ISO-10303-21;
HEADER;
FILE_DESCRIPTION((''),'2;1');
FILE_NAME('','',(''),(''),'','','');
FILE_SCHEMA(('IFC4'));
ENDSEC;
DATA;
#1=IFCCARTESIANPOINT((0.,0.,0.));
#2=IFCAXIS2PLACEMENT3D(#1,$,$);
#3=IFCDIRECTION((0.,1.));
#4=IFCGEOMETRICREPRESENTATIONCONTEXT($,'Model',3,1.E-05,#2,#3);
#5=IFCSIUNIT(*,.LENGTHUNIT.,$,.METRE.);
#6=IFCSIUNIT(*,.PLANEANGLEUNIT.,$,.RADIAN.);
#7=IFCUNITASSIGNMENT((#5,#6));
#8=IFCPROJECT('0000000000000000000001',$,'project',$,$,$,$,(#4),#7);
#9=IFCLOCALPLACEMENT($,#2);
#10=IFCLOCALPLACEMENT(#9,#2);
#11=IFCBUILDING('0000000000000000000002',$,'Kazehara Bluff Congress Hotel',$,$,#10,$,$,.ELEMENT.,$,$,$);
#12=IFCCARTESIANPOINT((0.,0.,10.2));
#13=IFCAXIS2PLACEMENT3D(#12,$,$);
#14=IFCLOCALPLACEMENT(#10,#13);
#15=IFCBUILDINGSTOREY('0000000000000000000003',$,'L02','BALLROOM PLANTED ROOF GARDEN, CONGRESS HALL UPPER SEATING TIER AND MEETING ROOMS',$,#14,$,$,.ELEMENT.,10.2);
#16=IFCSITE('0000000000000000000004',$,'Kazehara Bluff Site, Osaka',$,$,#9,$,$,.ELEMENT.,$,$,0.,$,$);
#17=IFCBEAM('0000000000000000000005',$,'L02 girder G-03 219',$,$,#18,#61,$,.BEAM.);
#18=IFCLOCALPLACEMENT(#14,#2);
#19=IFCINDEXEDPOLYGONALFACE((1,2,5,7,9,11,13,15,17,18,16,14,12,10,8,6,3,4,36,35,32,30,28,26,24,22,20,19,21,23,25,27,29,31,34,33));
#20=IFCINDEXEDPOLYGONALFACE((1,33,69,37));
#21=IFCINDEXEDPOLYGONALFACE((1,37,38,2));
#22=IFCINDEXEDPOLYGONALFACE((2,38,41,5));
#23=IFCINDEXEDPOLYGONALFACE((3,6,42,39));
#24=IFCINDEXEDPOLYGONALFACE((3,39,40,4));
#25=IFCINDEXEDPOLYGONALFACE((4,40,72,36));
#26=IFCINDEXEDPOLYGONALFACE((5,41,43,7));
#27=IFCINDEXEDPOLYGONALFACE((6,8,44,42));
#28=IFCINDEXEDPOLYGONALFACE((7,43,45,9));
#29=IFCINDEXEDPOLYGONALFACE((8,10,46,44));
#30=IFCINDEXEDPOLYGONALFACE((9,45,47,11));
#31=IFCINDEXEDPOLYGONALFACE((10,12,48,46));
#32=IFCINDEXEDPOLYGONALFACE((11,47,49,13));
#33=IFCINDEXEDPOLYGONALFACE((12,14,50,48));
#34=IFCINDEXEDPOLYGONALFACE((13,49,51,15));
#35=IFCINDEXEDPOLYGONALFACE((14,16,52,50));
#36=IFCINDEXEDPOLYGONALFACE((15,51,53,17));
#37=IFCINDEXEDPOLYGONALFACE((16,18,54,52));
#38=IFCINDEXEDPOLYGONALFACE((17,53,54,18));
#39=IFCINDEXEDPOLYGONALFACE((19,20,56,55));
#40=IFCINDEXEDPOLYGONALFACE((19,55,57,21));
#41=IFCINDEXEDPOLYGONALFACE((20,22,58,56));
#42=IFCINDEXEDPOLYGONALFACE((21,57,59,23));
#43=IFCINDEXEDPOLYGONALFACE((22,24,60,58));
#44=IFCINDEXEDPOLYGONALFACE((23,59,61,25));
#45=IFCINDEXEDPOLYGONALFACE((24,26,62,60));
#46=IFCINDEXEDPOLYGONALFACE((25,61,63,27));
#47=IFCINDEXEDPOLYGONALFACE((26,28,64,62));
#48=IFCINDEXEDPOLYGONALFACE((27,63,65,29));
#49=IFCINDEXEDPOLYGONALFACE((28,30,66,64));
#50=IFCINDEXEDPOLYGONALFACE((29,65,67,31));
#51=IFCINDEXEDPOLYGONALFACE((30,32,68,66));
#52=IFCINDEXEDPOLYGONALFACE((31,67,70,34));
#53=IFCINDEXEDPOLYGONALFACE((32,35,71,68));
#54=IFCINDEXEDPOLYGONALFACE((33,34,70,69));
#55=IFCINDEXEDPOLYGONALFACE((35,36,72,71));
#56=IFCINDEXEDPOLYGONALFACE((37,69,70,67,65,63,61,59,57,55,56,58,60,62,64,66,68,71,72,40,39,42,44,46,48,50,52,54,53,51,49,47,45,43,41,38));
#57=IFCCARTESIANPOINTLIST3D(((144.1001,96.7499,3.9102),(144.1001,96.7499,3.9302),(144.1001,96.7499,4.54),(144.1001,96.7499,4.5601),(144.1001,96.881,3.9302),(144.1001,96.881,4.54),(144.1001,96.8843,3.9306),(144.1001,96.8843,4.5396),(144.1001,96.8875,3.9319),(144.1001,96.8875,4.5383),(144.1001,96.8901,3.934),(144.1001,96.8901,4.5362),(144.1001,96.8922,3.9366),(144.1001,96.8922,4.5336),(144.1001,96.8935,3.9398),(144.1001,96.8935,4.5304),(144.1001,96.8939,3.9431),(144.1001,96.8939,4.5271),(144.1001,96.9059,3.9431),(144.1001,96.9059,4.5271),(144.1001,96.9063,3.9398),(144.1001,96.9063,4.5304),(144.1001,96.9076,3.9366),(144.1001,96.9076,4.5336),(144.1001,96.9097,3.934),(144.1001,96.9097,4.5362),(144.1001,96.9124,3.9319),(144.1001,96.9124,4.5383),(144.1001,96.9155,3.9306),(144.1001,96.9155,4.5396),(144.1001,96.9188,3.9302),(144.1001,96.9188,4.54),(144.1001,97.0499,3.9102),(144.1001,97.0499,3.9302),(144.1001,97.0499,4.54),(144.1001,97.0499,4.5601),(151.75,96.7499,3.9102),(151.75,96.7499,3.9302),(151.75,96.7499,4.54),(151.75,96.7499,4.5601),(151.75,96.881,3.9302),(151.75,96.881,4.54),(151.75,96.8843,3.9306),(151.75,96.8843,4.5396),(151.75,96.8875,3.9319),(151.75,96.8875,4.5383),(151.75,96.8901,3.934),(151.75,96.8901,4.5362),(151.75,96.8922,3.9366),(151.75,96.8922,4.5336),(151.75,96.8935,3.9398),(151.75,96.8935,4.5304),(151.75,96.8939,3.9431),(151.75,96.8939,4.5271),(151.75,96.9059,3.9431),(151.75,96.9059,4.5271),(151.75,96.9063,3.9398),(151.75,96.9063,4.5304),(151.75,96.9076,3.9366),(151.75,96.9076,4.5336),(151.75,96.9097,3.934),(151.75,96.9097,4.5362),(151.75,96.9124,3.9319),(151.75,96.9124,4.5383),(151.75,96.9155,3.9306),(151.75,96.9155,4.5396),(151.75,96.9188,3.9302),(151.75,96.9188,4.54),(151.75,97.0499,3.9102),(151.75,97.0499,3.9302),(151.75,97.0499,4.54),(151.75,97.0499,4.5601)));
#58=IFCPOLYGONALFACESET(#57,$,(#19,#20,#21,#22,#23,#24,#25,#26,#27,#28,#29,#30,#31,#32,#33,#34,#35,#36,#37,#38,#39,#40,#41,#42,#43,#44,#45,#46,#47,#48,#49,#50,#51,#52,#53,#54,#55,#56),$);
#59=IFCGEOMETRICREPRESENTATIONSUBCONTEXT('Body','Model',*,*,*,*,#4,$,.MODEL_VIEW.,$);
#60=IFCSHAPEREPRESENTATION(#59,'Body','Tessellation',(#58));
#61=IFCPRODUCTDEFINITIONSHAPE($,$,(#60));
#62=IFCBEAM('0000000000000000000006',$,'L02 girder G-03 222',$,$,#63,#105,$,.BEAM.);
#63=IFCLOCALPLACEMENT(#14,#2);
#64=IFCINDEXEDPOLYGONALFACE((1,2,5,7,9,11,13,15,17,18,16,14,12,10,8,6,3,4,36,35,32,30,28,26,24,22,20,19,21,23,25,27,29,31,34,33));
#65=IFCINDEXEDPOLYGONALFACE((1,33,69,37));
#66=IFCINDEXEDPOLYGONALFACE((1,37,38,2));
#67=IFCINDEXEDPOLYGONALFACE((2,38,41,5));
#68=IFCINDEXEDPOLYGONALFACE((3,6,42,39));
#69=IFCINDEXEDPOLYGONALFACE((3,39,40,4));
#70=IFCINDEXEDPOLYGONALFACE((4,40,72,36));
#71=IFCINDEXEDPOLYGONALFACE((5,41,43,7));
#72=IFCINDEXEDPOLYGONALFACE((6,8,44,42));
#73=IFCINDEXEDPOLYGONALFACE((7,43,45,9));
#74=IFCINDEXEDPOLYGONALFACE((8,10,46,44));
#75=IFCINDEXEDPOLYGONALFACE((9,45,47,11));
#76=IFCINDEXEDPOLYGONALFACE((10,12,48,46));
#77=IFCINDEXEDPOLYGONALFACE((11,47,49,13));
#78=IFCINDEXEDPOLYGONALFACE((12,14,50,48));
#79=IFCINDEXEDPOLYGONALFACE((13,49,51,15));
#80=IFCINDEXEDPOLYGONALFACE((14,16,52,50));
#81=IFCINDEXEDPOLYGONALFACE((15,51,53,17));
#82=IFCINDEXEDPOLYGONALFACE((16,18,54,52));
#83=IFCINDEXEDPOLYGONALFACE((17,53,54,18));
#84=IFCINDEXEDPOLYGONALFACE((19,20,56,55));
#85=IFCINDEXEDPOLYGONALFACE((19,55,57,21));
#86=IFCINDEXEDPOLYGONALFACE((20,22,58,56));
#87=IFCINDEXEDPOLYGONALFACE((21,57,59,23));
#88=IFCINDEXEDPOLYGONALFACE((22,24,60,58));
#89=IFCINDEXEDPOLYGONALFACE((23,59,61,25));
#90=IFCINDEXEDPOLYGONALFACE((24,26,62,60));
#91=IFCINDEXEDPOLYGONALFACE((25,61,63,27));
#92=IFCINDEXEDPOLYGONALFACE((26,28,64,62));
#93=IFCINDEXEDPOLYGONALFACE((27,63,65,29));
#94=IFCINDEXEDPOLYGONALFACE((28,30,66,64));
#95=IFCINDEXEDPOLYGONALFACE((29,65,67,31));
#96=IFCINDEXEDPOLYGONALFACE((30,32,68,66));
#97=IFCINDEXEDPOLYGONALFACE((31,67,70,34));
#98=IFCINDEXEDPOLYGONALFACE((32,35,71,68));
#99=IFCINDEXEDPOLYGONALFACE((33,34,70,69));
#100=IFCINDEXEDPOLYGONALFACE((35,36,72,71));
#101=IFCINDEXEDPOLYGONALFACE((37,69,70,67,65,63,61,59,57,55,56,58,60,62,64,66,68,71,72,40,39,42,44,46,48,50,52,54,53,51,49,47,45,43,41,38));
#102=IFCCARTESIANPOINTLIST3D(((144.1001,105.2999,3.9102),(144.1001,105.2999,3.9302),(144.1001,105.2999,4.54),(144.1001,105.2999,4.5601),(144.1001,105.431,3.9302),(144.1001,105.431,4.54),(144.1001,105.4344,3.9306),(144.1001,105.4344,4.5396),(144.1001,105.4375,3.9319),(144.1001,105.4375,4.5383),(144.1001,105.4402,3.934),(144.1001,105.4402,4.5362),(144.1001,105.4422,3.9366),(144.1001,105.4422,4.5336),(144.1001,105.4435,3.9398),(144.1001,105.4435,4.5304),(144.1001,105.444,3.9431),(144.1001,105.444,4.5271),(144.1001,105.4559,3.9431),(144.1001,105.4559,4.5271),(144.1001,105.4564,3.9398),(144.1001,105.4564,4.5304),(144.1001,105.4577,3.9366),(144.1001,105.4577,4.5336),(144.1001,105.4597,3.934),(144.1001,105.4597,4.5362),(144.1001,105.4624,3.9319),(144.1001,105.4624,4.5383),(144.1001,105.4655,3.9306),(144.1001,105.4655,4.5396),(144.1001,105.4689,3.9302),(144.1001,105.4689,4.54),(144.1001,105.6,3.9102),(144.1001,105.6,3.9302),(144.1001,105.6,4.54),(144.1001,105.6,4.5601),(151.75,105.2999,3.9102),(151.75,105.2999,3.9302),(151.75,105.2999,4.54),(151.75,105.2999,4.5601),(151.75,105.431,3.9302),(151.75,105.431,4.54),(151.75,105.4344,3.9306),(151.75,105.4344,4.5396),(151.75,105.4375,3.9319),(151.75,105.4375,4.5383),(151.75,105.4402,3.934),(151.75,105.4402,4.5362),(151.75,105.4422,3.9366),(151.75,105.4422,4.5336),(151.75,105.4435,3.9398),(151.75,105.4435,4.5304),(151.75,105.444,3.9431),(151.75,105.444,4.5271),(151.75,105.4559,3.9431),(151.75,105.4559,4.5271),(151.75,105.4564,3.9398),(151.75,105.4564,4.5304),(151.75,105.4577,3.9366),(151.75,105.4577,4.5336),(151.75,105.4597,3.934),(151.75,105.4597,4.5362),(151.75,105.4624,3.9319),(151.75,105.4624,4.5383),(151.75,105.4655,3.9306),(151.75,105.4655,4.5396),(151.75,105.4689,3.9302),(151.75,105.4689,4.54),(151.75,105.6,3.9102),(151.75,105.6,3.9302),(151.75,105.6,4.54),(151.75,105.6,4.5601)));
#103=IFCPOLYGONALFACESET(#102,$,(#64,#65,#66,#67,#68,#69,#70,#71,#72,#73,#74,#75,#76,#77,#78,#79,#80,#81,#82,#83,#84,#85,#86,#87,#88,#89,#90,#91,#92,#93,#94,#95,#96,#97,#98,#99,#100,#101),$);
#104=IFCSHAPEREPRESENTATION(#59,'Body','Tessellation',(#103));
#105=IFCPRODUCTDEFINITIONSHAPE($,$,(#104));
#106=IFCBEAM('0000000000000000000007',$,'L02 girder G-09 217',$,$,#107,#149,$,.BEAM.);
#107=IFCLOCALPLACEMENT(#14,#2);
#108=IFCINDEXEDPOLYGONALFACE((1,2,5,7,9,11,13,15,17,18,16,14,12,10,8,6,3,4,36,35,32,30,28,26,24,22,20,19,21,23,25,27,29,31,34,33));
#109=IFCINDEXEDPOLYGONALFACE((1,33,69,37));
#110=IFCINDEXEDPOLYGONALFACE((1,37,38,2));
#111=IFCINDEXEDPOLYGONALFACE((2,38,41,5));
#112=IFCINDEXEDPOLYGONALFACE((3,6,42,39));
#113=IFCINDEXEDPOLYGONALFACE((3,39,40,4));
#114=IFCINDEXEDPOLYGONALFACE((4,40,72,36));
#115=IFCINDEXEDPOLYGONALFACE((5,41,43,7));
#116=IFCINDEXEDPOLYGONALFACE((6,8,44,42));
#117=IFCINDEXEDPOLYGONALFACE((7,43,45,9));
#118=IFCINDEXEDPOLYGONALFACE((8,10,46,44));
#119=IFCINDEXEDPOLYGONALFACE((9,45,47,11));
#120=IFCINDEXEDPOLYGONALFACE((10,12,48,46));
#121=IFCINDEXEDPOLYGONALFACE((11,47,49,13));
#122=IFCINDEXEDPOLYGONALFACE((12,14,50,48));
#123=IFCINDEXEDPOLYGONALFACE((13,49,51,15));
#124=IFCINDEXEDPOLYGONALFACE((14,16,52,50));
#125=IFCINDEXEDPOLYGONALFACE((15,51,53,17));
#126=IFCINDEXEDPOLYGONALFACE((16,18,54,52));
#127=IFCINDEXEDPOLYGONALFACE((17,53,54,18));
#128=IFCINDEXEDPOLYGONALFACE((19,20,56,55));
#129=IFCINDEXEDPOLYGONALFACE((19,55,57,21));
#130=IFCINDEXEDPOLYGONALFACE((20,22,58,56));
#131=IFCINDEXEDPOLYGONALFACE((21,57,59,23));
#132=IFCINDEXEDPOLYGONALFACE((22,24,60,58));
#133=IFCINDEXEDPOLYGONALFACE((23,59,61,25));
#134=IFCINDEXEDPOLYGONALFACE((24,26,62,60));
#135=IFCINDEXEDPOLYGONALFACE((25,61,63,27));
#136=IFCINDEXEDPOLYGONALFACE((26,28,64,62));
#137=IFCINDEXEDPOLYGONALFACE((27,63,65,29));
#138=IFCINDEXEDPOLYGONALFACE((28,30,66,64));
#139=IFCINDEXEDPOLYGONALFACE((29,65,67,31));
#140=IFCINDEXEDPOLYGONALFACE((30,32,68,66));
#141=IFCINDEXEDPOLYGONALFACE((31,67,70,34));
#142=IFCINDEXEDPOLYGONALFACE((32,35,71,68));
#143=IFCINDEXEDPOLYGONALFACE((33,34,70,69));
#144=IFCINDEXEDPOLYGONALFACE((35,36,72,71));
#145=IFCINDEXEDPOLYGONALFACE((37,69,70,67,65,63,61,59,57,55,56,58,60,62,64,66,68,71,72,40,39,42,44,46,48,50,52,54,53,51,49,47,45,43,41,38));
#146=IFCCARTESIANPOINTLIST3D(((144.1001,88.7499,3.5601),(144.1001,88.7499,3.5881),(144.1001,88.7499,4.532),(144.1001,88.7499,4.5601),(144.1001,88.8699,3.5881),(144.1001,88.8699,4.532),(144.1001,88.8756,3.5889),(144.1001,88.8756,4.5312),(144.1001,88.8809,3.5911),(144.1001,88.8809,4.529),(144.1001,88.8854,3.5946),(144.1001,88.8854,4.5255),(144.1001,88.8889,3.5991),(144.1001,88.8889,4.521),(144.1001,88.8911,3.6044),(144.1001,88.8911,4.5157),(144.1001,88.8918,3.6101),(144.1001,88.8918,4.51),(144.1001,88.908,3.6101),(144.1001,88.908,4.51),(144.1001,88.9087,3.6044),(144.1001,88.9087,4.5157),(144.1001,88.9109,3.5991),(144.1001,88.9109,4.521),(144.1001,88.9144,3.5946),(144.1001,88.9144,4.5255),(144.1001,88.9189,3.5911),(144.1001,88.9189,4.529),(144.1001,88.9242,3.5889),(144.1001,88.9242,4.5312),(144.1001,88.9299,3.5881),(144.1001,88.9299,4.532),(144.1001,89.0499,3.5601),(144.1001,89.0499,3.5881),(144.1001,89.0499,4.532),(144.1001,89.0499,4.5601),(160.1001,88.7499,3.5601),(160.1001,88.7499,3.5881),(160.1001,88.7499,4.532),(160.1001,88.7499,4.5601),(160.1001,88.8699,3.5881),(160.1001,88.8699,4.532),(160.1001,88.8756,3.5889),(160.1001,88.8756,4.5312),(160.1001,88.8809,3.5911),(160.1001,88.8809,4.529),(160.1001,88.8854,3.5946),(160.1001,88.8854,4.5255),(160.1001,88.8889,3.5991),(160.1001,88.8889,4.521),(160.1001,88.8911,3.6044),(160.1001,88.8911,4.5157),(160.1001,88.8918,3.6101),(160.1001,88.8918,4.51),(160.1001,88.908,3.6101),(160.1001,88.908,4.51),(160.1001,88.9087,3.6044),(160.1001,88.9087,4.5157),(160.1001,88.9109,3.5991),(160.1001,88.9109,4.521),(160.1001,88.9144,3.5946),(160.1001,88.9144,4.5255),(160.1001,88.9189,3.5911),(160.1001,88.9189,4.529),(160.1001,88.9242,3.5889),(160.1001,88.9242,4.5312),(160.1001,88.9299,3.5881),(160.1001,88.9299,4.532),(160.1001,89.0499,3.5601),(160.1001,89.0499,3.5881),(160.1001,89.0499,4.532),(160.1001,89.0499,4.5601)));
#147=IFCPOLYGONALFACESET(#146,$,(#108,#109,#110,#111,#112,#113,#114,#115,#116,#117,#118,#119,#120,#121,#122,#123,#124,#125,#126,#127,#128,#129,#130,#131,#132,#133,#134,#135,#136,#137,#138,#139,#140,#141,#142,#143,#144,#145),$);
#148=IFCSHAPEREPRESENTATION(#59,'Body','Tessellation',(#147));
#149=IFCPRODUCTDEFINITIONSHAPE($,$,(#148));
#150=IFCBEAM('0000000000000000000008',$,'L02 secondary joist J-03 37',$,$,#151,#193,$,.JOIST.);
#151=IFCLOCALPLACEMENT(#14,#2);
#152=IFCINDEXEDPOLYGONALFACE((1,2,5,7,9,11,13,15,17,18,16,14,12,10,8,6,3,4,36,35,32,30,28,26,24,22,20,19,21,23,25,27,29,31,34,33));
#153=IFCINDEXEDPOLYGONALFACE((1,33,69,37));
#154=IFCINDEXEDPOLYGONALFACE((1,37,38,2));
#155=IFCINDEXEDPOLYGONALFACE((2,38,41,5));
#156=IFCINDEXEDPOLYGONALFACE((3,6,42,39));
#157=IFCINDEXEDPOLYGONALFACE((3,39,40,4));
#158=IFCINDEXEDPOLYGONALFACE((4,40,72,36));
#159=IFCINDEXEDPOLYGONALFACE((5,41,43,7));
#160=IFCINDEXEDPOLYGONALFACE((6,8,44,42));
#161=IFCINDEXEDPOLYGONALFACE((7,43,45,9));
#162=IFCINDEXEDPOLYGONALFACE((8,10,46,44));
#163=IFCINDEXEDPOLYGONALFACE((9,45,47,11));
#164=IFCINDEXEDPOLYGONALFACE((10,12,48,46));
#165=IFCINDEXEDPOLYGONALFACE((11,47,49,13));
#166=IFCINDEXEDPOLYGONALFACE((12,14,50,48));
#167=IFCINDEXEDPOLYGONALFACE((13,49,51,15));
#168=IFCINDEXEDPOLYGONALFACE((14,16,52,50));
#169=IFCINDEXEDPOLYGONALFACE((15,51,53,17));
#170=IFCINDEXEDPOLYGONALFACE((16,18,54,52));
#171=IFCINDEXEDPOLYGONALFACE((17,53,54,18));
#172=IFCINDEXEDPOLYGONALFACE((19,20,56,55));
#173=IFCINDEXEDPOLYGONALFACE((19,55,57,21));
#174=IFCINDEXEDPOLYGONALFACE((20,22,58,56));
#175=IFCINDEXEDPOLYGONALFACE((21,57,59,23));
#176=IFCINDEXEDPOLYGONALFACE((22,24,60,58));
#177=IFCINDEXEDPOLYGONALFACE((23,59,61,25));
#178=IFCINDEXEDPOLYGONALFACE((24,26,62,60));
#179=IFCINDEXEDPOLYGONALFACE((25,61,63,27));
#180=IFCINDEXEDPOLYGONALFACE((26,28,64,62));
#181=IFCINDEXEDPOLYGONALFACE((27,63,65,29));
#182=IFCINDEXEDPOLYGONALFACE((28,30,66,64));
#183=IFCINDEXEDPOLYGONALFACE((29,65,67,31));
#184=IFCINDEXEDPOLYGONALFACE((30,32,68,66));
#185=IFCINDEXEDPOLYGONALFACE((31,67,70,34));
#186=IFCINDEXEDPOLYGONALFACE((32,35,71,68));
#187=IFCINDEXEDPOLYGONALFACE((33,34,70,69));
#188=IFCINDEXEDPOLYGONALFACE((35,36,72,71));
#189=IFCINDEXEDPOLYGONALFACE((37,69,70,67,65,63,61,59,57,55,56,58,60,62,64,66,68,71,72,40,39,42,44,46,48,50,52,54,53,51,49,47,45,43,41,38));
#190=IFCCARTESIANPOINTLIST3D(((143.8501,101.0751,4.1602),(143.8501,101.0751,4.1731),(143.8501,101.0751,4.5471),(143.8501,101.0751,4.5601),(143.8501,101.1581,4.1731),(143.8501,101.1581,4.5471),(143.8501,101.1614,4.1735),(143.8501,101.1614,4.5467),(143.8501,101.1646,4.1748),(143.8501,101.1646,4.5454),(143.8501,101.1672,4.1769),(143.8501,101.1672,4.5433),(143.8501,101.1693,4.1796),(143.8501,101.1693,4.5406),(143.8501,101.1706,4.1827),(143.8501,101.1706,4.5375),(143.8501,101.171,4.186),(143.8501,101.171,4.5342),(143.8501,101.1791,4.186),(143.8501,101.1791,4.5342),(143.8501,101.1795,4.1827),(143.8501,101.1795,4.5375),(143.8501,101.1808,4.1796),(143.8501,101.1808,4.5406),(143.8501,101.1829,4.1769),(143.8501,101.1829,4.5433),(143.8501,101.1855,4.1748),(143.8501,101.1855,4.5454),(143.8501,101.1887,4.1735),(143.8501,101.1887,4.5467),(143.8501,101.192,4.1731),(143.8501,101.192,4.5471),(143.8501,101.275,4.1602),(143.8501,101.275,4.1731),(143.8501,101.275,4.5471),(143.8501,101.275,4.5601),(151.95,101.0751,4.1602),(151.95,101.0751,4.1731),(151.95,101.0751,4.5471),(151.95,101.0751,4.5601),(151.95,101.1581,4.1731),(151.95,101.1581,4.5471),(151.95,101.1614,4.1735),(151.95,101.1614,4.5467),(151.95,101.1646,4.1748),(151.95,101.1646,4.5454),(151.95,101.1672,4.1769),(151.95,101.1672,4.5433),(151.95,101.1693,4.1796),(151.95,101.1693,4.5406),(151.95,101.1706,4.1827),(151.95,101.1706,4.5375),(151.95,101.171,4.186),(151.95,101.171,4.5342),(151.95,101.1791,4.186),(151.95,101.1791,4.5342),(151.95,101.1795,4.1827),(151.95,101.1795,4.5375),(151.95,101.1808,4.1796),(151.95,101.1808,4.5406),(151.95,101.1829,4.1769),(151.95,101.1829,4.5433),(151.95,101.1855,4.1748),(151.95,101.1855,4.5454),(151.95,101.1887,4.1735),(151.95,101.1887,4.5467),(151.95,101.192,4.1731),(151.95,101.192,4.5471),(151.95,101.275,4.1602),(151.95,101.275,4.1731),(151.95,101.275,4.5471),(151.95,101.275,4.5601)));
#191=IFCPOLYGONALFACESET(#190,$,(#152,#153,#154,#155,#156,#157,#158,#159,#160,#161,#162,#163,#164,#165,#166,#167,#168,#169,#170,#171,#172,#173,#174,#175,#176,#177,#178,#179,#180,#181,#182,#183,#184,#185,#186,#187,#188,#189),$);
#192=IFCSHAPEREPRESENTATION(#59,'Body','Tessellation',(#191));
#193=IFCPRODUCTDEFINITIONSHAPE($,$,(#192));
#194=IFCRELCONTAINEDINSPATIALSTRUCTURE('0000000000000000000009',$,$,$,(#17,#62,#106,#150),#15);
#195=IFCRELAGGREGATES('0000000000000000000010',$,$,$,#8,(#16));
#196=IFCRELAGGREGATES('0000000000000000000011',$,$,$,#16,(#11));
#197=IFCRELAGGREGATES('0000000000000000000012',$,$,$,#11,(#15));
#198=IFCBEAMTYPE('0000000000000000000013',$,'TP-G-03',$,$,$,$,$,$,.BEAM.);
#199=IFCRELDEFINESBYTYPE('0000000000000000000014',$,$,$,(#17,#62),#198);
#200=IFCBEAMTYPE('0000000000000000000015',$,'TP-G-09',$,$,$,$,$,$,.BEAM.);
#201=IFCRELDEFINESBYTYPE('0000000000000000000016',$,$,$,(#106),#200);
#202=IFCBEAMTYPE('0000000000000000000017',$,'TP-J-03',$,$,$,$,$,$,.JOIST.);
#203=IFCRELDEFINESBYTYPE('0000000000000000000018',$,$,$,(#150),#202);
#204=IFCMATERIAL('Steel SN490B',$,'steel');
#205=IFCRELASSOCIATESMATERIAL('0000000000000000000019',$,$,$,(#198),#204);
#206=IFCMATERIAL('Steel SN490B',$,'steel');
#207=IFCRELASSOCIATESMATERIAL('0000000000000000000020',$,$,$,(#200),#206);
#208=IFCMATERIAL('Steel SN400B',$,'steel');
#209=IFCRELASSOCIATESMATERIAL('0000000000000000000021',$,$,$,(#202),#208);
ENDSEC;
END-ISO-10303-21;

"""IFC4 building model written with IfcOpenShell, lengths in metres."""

from ifc_helpers import new_model, si_unit, direction, frame, origin, origin_2d, place, context, subcontext, project, spatial, i_section, extrude, material, material_profile, profile_set, type_object, element, save


model = new_model("IFC4")

# Units and contexts
model_context = context("Model", 3, precision=1e-05, world=origin(), true_north=direction((0.0, 1.0)))
body_context = subcontext(model_context, "Body", "Model", "MODEL_VIEW")
ifc_project = project(units=[si_unit("LENGTHUNIT", "METRE"), si_unit("PLANEANGLEUNIT", "RADIAN")], contexts=[model_context])

# Site, building, storey
site_placement = place(None, origin())
site = spatial("IfcSite", under=ifc_project, at=site_placement, Name="Kazehara Bluff Site, Osaka", CompositionType="ELEMENT", RefElevation=0.0)
building_placement = place(site_placement, origin())
building = spatial("IfcBuilding", under=site, at=building_placement, Name="Kazehara Bluff Congress Hotel", CompositionType="ELEMENT")
storey_placement = place(building_placement, frame((0.0, 0.0, 10.2)))
storey = spatial("IfcBuildingStorey", under=building, at=storey_placement, Name="L02", Description="BALLROOM PLANTED ROOF GARDEN, CONGRESS HALL UPPER SEATING TIER AND MEETING ROOMS", CompositionType="ELEMENT", Elevation=10.2)

# Beams
ifc_material_1 = material(Name="Steel SN490B", Category="steel")
ifc_material_profile_1 = material_profile(ifc_material_1, i_section(OverallWidth=0.3, OverallDepth=0.6499, WebThickness=0.012, FlangeThickness=0.02, FilletRadius=0.0129, at=origin_2d()))
ifc_profile_set_1 = profile_set([ifc_material_profile_1], Name="Steel SN490B")
beam_type_1 = type_object("IfcBeamType", Name="TP-G-03", PredefinedType="BEAM", material=ifc_profile_set_1)
for number, where, z_axis, x_axis, name in (
    (1, (144.1001, 96.8999, 4.2351), (1.0, 0.0, 0.0), (0.0, 1.0, 0.0), "L02 girder G-03 219"),
    (2, (144.1001, 105.45, 4.2351), (1.0, 0.0, 0.0), (0.0, 1.0, 0.0), "L02 girder G-03 222"),
):
    element("IfcBeam", number, at=place(storey_placement, frame(where, z_axis=z_axis, x_axis=x_axis)), inside=storey, type_object=beam_type_1, Name=name, PredefinedType="BEAM", context=body_context, shape_type="SweptSolid", body=[
        extrude(i_section(OverallWidth=0.3, OverallDepth=0.6499, WebThickness=0.012, FlangeThickness=0.02, FilletRadius=0.0129, at=origin_2d()), origin(), (0.0, 0.0, 1.0), 7.6499),
    ])
ifc_material_2 = material(Name="Steel SN490B", Category="steel")
ifc_material_profile_2 = material_profile(ifc_material_2, i_section(OverallWidth=0.3, OverallDepth=1.0, WebThickness=0.0161, FlangeThickness=0.0281, FilletRadius=0.022, at=origin_2d()))
ifc_profile_set_2 = profile_set([ifc_material_profile_2], Name="Steel SN490B")
beam_type_2 = type_object("IfcBeamType", Name="TP-G-09", PredefinedType="BEAM", material=ifc_profile_set_2)
beam_1_placement = place(storey_placement, frame((144.1001, 88.8999, 4.0601), z_axis=(1.0, 0.0, 0.0), x_axis=(0.0, 1.0, 0.0)))
element("IfcBeam", 3, at=beam_1_placement, inside=storey, type_object=beam_type_2, Name="L02 girder G-09 217", PredefinedType="BEAM", context=body_context, shape_type="SweptSolid", body=[
    extrude(i_section(OverallWidth=0.3, OverallDepth=1.0, WebThickness=0.0161, FlangeThickness=0.0281, FilletRadius=0.022, at=origin_2d()), origin(), (0.0, 0.0, 1.0), 16.0),
])
ifc_material_3 = material(Name="Steel SN400B", Category="steel")
ifc_material_profile_3 = material_profile(ifc_material_3, i_section(OverallWidth=0.2, OverallDepth=0.3999, WebThickness=0.0081, FlangeThickness=0.0129, FilletRadius=0.0129, at=origin_2d()))
ifc_profile_set_3 = profile_set([ifc_material_profile_3], Name="Steel SN400B")
beam_type_3 = type_object("IfcBeamType", Name="TP-J-03", PredefinedType="JOIST", material=ifc_profile_set_3)
for number, where, z_axis, x_axis, name in (
    (4, (143.8501, 101.175, 4.3601), (1.0, 0.0, 0.0), (0.0, 1.0, 0.0), "L02 secondary joist J-03 37"),
):
    element("IfcBeam", number, at=place(storey_placement, frame(where, z_axis=z_axis, x_axis=x_axis)), inside=storey, type_object=beam_type_3, Name=name, PredefinedType="JOIST", context=body_context, shape_type="SweptSolid", body=[
        extrude(i_section(OverallWidth=0.2, OverallDepth=0.3999, WebThickness=0.0081, FlangeThickness=0.0129, FilletRadius=0.0129, at=origin_2d()), origin(), (0.0, 0.0, 1.0), 8.0999),
    ])

save(model, "model.ifc")
